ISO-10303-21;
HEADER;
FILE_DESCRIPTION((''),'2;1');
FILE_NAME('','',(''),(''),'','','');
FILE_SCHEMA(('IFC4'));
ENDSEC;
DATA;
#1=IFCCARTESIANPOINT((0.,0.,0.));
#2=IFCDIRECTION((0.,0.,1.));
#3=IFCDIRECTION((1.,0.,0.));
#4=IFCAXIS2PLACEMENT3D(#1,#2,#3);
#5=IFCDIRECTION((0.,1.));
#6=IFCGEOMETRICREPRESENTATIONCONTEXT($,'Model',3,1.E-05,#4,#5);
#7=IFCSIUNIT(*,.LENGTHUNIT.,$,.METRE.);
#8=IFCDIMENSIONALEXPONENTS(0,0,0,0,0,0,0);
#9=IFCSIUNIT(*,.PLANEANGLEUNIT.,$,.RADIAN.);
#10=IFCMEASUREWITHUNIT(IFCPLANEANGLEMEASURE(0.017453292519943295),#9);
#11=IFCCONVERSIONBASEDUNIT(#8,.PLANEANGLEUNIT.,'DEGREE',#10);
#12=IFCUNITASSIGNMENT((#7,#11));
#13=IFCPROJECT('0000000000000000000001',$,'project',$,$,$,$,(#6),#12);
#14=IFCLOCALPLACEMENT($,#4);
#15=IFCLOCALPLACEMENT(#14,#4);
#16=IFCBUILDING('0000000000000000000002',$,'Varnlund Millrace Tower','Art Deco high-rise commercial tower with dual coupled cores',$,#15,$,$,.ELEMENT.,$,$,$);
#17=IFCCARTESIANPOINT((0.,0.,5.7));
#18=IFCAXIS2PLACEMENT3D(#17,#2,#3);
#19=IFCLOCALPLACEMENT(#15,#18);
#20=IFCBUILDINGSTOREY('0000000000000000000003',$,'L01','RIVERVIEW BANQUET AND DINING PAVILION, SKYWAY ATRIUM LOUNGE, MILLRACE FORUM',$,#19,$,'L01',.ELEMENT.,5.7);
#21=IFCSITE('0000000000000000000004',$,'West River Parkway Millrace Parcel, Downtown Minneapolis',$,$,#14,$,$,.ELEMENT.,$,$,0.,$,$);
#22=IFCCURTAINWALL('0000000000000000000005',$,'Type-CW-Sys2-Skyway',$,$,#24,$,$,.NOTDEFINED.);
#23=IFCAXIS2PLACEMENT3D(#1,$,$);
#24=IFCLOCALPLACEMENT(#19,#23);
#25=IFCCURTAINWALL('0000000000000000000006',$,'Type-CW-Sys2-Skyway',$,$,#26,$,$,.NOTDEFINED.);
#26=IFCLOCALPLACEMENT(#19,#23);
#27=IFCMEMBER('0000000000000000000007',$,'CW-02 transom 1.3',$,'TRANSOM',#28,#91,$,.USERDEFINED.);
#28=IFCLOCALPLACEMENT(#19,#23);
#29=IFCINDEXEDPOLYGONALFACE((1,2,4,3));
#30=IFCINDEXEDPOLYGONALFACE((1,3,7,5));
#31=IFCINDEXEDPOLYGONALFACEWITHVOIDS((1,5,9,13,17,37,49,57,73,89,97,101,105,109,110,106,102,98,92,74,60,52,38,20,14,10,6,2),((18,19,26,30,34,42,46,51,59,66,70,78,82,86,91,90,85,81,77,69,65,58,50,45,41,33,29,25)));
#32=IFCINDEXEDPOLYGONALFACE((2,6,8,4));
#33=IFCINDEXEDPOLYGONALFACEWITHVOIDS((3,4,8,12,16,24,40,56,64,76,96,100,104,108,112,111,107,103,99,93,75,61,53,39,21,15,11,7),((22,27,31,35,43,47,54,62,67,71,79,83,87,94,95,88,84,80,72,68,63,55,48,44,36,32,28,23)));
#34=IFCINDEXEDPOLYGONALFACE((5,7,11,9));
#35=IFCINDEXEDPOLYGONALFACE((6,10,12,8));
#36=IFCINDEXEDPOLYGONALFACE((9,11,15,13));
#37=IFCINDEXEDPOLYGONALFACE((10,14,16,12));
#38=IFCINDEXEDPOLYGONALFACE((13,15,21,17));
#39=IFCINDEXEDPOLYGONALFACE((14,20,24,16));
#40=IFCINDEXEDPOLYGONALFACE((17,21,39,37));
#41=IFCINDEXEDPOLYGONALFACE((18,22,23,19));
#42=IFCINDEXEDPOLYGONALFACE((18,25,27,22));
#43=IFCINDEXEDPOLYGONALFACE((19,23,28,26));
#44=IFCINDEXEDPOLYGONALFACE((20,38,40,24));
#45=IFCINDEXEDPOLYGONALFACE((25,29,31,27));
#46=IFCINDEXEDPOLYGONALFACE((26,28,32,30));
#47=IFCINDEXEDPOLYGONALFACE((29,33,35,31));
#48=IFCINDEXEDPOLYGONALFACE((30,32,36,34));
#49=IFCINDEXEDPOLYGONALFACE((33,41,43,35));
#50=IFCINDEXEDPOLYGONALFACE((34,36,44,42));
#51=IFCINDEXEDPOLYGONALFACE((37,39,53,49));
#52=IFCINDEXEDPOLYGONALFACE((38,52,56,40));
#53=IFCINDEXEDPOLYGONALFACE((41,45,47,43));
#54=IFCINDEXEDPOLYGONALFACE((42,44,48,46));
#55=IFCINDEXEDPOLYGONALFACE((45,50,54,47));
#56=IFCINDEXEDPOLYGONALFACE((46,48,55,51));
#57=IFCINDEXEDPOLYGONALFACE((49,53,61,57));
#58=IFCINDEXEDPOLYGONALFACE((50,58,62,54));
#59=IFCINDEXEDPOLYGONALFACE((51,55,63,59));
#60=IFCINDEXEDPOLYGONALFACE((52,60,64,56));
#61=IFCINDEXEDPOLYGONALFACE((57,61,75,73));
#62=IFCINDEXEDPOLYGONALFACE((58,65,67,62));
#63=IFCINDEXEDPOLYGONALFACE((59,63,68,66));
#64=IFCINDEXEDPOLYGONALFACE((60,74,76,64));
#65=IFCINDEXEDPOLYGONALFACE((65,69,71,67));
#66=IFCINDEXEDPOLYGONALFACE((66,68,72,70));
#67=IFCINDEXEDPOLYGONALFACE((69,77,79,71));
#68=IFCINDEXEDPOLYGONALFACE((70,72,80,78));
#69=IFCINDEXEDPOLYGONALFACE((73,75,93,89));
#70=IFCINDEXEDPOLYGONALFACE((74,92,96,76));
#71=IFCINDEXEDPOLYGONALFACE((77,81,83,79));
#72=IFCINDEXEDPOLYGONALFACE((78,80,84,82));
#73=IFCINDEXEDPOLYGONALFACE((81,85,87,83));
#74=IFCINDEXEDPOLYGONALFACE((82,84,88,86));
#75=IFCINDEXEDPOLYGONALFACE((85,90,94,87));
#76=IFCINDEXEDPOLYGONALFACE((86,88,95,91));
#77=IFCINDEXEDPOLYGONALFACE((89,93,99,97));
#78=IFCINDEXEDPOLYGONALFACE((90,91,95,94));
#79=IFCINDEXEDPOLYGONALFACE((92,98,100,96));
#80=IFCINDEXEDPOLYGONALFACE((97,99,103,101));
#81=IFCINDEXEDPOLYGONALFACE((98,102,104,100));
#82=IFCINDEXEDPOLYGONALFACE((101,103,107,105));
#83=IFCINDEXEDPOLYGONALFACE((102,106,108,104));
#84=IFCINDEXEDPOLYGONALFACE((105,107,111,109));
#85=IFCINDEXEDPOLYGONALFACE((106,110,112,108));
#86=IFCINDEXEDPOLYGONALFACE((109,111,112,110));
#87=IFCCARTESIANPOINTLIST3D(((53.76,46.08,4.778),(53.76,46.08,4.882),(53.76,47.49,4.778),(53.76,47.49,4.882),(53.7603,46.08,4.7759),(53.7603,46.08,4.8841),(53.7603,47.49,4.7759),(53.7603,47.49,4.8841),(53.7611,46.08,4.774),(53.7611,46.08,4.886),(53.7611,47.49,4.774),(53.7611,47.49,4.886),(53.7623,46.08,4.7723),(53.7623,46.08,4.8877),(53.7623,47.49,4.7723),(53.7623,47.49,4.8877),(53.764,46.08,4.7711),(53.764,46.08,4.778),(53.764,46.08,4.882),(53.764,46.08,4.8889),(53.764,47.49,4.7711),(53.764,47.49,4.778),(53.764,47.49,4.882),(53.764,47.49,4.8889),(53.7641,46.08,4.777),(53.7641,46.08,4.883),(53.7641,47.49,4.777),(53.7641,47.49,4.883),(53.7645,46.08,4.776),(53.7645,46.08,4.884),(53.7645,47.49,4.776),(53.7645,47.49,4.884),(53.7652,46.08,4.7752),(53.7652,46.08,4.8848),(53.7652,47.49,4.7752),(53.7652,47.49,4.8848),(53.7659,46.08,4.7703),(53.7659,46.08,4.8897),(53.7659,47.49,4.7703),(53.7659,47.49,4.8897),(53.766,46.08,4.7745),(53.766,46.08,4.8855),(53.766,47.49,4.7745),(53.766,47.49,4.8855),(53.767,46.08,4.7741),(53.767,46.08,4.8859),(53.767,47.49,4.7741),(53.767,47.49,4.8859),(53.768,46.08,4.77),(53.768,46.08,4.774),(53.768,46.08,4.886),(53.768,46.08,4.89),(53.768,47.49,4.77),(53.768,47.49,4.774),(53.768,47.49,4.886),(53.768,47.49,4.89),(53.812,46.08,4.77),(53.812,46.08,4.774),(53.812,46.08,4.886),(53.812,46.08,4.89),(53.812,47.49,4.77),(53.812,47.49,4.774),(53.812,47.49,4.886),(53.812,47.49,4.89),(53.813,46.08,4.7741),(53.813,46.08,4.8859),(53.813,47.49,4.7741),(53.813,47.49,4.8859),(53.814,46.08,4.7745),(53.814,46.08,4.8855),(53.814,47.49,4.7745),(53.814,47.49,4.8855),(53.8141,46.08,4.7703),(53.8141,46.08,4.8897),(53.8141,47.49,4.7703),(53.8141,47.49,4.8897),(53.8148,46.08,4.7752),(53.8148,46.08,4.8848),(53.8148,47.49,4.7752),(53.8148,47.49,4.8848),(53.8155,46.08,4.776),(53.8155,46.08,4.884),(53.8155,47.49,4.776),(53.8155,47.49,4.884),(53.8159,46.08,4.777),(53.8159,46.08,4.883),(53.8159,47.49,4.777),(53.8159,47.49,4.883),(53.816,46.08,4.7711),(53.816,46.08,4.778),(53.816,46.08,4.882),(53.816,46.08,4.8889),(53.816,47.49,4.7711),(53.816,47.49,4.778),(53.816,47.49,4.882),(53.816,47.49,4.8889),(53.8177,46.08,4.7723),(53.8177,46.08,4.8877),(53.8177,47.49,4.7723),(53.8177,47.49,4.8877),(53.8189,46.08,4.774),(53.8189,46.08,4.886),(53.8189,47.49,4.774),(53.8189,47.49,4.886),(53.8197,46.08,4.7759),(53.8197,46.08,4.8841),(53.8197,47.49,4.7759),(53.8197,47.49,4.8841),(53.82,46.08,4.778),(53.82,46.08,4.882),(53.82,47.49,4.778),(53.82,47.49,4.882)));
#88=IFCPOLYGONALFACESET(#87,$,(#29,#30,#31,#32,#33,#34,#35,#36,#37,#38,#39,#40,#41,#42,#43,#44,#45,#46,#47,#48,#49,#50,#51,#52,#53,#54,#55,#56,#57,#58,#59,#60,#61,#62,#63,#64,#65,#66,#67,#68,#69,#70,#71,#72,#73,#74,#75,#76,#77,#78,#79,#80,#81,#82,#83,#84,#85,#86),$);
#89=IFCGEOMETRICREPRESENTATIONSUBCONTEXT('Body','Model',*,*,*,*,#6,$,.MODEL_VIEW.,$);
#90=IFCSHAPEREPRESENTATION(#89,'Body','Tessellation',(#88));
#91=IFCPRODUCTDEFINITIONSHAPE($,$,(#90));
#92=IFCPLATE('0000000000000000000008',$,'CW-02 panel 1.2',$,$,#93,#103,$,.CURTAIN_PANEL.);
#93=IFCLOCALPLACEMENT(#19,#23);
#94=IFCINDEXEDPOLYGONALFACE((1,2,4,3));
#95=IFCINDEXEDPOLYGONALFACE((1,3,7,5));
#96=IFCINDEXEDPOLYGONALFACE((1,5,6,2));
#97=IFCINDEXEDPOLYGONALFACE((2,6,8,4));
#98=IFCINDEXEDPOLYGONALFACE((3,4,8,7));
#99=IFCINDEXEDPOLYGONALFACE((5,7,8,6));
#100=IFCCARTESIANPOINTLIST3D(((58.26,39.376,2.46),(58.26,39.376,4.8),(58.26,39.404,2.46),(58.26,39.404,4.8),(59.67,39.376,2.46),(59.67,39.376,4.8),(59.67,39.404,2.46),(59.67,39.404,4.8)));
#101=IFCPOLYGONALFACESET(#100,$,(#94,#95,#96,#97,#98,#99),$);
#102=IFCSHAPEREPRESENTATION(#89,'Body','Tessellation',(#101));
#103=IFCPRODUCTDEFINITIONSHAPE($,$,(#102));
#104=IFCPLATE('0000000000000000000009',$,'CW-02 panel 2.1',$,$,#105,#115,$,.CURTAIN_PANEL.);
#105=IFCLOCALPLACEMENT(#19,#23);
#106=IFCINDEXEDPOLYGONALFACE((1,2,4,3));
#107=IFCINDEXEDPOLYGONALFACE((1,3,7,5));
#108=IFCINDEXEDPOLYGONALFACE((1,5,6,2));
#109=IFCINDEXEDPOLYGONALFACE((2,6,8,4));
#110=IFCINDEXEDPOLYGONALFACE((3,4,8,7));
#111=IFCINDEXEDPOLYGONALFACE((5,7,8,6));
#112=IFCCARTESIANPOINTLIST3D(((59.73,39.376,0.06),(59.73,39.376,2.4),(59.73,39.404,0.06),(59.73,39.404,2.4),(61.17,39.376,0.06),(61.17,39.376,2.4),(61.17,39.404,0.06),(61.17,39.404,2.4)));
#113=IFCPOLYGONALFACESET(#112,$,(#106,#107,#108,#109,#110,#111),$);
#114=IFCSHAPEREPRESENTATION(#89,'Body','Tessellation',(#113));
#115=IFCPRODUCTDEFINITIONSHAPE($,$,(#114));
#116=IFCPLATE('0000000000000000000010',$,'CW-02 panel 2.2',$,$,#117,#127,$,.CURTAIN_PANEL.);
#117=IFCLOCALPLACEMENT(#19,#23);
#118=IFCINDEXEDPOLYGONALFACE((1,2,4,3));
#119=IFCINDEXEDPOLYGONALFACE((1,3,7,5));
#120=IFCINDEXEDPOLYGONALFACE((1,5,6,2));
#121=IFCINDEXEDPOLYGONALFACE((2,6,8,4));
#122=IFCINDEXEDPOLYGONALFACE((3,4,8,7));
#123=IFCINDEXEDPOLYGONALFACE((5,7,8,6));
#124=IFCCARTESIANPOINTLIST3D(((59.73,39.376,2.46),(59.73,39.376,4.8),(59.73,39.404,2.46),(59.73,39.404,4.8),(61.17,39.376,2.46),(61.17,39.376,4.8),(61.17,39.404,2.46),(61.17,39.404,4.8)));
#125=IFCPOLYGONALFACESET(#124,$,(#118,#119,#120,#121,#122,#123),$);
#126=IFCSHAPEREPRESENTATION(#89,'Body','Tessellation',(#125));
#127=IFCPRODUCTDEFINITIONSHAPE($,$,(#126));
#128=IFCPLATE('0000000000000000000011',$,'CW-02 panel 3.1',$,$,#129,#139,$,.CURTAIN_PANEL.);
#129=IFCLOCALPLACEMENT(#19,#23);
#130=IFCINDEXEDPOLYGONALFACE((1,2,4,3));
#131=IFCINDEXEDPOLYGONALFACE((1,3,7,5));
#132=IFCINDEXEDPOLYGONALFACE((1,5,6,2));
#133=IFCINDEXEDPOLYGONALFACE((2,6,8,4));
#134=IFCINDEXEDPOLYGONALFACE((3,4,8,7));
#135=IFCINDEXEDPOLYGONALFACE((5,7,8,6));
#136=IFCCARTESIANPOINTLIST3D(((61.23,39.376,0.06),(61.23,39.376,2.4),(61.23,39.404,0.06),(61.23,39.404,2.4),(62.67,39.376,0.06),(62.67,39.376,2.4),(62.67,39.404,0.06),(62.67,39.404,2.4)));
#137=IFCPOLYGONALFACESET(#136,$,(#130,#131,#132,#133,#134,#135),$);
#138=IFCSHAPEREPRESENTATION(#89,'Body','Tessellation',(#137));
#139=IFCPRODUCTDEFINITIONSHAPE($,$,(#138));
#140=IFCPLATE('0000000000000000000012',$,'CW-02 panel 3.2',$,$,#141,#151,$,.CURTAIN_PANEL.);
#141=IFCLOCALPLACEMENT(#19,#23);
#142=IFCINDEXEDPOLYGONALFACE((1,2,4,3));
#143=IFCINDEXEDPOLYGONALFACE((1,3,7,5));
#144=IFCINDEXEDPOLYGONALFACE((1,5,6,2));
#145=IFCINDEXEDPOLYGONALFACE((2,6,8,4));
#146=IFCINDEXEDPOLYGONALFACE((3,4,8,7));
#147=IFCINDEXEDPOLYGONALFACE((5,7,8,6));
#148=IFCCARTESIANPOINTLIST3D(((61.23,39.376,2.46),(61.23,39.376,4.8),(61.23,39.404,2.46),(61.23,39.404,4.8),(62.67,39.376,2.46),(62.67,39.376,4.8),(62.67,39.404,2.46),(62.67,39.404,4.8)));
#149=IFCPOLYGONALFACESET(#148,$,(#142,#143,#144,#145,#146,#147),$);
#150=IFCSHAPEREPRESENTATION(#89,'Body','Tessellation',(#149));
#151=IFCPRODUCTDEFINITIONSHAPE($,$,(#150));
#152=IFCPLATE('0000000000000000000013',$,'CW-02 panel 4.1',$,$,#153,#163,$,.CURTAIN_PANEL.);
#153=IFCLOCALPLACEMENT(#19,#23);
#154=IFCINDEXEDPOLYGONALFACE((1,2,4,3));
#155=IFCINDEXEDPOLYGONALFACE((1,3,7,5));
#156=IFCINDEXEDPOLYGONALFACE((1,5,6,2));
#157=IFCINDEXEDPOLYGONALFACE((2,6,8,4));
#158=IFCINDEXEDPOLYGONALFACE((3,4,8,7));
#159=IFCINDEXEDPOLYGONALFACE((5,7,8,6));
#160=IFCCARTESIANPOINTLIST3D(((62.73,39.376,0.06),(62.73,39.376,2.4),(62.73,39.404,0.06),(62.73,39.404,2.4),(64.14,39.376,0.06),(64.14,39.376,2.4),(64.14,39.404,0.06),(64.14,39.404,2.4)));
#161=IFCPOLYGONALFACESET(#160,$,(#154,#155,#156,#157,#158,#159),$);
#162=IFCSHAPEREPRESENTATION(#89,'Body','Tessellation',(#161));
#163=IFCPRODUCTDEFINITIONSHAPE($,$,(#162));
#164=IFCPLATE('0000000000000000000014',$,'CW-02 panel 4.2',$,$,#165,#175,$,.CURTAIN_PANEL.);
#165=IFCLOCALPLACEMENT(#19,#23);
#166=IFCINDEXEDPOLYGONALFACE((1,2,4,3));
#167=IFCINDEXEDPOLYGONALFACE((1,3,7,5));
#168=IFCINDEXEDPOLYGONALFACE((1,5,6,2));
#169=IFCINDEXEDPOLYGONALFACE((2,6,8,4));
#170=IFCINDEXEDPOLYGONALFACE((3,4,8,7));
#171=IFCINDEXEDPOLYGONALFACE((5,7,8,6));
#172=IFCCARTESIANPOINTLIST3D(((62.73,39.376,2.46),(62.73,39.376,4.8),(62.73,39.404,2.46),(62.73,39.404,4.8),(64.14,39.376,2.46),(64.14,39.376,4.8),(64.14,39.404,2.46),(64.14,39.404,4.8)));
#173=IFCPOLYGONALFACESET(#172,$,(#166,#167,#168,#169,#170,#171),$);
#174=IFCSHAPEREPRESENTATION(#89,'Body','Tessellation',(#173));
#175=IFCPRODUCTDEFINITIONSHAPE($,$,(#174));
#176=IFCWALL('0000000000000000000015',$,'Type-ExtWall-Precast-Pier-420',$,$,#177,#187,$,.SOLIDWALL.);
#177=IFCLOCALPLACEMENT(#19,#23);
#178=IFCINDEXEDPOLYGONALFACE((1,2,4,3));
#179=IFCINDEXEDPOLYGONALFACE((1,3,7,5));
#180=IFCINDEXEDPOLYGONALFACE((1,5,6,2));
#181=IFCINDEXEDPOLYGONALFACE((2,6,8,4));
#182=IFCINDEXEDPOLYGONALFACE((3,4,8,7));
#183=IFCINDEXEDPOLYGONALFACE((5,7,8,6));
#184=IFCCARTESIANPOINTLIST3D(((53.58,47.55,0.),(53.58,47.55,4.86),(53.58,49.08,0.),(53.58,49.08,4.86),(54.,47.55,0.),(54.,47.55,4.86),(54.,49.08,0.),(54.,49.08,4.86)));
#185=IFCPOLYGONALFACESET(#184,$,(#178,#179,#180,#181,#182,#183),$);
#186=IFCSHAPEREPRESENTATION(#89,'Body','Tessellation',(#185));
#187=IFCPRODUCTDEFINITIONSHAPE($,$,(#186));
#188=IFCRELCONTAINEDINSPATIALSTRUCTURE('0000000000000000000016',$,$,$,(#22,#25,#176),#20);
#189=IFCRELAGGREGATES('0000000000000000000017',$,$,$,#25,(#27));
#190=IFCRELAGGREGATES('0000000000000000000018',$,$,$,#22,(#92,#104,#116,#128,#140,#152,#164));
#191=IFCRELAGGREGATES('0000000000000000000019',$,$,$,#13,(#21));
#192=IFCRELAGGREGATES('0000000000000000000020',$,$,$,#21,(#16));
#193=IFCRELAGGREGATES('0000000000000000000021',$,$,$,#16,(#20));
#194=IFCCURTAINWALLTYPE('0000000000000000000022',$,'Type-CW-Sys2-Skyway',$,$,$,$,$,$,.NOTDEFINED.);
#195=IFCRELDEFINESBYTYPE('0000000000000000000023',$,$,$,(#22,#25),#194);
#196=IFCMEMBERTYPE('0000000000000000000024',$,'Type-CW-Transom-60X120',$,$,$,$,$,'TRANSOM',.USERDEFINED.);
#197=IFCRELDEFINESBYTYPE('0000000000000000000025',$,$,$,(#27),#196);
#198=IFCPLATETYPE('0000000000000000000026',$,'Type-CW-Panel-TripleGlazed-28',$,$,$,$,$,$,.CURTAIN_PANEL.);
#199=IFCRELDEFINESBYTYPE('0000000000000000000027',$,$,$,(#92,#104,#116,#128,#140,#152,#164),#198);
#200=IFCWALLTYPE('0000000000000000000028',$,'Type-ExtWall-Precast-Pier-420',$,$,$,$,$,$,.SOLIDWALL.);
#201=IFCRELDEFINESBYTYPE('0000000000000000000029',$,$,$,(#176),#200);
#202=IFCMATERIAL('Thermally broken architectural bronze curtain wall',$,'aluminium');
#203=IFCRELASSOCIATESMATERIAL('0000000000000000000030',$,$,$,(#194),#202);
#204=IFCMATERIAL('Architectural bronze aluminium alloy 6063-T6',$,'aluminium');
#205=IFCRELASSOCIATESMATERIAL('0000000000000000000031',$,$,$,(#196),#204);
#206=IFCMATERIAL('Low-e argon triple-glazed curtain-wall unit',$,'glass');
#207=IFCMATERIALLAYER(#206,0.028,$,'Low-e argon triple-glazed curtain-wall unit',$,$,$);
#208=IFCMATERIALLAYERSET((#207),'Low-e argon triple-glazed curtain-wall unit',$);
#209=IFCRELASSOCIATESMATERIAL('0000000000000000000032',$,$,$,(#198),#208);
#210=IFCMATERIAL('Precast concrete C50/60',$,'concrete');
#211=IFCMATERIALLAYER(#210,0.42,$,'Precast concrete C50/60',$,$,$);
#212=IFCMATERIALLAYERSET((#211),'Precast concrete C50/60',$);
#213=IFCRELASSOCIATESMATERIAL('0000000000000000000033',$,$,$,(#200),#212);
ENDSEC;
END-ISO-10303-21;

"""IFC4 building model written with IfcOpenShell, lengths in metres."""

from ifc_helpers import new_model, entity, si_unit, converted_unit, direction, frame, origin_with_axes, origin_2d_with_axis, place, context, subcontext, project, spatial, polyline, rectangle, hollow_rectangle, outline, extrude, material, layer, layer_set, material_profile, profile_set, type_object, element, aggregate, save


model = new_model("IFC4")

# Units and contexts
model_context = context("Model", 3, precision=1e-05, world=origin_with_axes(), true_north=direction((0.0, 1.0)))
body_context = subcontext(model_context, "Body", "Model", "MODEL_VIEW")
ifc_project = project(units=[si_unit("LENGTHUNIT", "METRE"), converted_unit("PLANEANGLEUNIT", "DEGREE", entity("IfcPlaneAngleMeasure", 0.017453292519943295), si_unit("PLANEANGLEUNIT", "RADIAN"), dimensions=[0, 0, 0, 0, 0, 0, 0])], contexts=[model_context])

# Site, building, storey
site_placement = place(None, origin_with_axes())
site = spatial("IfcSite", under=ifc_project, at=site_placement, Name="West River Parkway Millrace Parcel, Downtown Minneapolis", CompositionType="ELEMENT", RefElevation=0.0)
building_placement = place(site_placement, origin_with_axes())
building = spatial("IfcBuilding", under=site, at=building_placement, Name="Varnlund Millrace Tower", Description="Art Deco high-rise commercial tower with dual coupled cores", CompositionType="ELEMENT")
storey_placement = place(building_placement, frame((0.0, 0.0, 5.7), z_axis=(0.0, 0.0, 1.0), x_axis=(1.0, 0.0, 0.0)))
storey = spatial("IfcBuildingStorey", under=building, at=storey_placement, Name="L01", Description="RIVERVIEW BANQUET AND DINING PAVILION, SKYWAY ATRIUM LOUNGE, MILLRACE FORUM", LongName="L01", CompositionType="ELEMENT", Elevation=5.7)

# Curtain wall
ifc_material_1 = material(Name="Thermally broken architectural bronze curtain wall", Category="aluminium")
curtain_wall_type = type_object("IfcCurtainWallType", Name="Type-CW-Sys2-Skyway", PredefinedType="NOTDEFINED", material=ifc_material_1)
curtain_wall_1_placement = place(storey_placement, frame((58.2, 39.39, 0.0), z_axis=(0.0, 0.0, 1.0), x_axis=(1.0, 0.0, 0.0)))
curtain_wall_1 = element("IfcCurtainWall", 1, at=curtain_wall_1_placement, inside=storey, type_object=curtain_wall_type, Name="Type-CW-Sys2-Skyway", PredefinedType="NOTDEFINED")
ifc_material_2 = material(Name="Architectural bronze aluminium alloy 6063-T6", Category="aluminium")

# Curtain wall
curtain_wall_2_placement = place(storey_placement, frame((53.79, 47.55, 0.0), z_axis=(0.0, 0.0, 1.0), x_axis=(1.0, 0.0, 0.0)))
curtain_wall_2 = element("IfcCurtainWall", 2, at=curtain_wall_2_placement, inside=storey, type_object=curtain_wall_type, Name="Type-CW-Sys2-Skyway", PredefinedType="NOTDEFINED")

# Member
ifc_material_profile_1 = material_profile(ifc_material_2, hollow_rectangle(XDim=0.06, YDim=0.12, WallThickness=0.004, InnerFilletRadius=0.004, OuterFilletRadius=0.008, at=origin_2d_with_axis()), Name="Architectural bronze aluminium alloy 6063-T6")
ifc_profile_set_1 = profile_set([ifc_material_profile_1], Name="Architectural bronze aluminium alloy 6063-T6")
member_type_1 = type_object("IfcMemberType", Name="Type-CW-Transom-60X120", ElementType="TRANSOM", PredefinedType="USERDEFINED", material=ifc_profile_set_1)
member_1_placement = place(storey_placement, frame((53.79, 47.49, 4.83), z_axis=(0.0, -1.0, 0.0), x_axis=(1.0, 0.0, 0.0)))
member_1 = element("IfcMember", 3, at=member_1_placement, type_object=member_type_1, Name="CW-02 transom 1.3", ObjectType="TRANSOM", PredefinedType="USERDEFINED", context=body_context, shape_type="SweptSolid", body=[
    extrude(hollow_rectangle(XDim=0.06, YDim=0.12, WallThickness=0.004, InnerFilletRadius=0.004, OuterFilletRadius=0.008, at=origin_2d_with_axis()), origin_with_axes(), (0.0, 0.0, 1.0), 1.41),
])
aggregate(curtain_wall_2, [member_1])

# Plates
ifc_material_3 = material(Name="Low-e argon triple-glazed curtain-wall unit", Category="glass")
ifc_layer_1 = layer(ifc_material_3, 0.028, Name="Low-e argon triple-glazed curtain-wall unit")
ifc_layer_set_1 = layer_set([ifc_layer_1], Name="Low-e argon triple-glazed curtain-wall unit")
plate_type = type_object("IfcPlateType", Name="Type-CW-Panel-TripleGlazed-28", PredefinedType="CURTAIN_PANEL", material=ifc_layer_set_1)
plate_1_placement = place(storey_placement, frame((58.965, 39.39, 2.46), z_axis=(0.0, 0.0, 1.0), x_axis=(1.0, 0.0, 0.0)))
plate_1 = element("IfcPlate", 4, at=plate_1_placement, type_object=plate_type, Name="CW-02 panel 1.2", PredefinedType="CURTAIN_PANEL", context=body_context, shape_type="SweptSolid", body=[
    extrude(rectangle(XDim=1.41, YDim=0.028, at=origin_2d_with_axis()), origin_with_axes(), (0.0, 0.0, 1.0), 2.34),
])
plate_2_placement = place(storey_placement, frame((60.45, 39.39, 0.06), z_axis=(0.0, 0.0, 1.0), x_axis=(1.0, 0.0, 0.0)))
plate_2 = element("IfcPlate", 5, at=plate_2_placement, type_object=plate_type, Name="CW-02 panel 2.1", PredefinedType="CURTAIN_PANEL", context=body_context, shape_type="SweptSolid", body=[
    extrude(rectangle(XDim=1.44, YDim=0.028, at=origin_2d_with_axis()), origin_with_axes(), (0.0, 0.0, 1.0), 2.34),
])
plate_3_placement = place(storey_placement, frame((60.45, 39.39, 2.46), z_axis=(0.0, 0.0, 1.0), x_axis=(1.0, 0.0, 0.0)))
plate_3 = element("IfcPlate", 6, at=plate_3_placement, type_object=plate_type, Name="CW-02 panel 2.2", PredefinedType="CURTAIN_PANEL", context=body_context, shape_type="SweptSolid", body=[
    extrude(rectangle(XDim=1.44, YDim=0.028, at=origin_2d_with_axis()), origin_with_axes(), (0.0, 0.0, 1.0), 2.34),
])
plate_4_placement = place(storey_placement, frame((61.95, 39.39, 0.06), z_axis=(0.0, 0.0, 1.0), x_axis=(1.0, 0.0, 0.0)))
plate_4 = element("IfcPlate", 7, at=plate_4_placement, type_object=plate_type, Name="CW-02 panel 3.1", PredefinedType="CURTAIN_PANEL", context=body_context, shape_type="SweptSolid", body=[
    extrude(rectangle(XDim=1.44, YDim=0.028, at=origin_2d_with_axis()), origin_with_axes(), (0.0, 0.0, 1.0), 2.34),
])
plate_5_placement = place(storey_placement, frame((61.95, 39.39, 2.46), z_axis=(0.0, 0.0, 1.0), x_axis=(1.0, 0.0, 0.0)))
plate_5 = element("IfcPlate", 8, at=plate_5_placement, type_object=plate_type, Name="CW-02 panel 3.2", PredefinedType="CURTAIN_PANEL", context=body_context, shape_type="SweptSolid", body=[
    extrude(rectangle(XDim=1.44, YDim=0.028, at=origin_2d_with_axis()), origin_with_axes(), (0.0, 0.0, 1.0), 2.34),
])
plate_6_placement = place(storey_placement, frame((63.435, 39.39, 0.06), z_axis=(0.0, 0.0, 1.0), x_axis=(1.0, 0.0, 0.0)))
plate_6 = element("IfcPlate", 9, at=plate_6_placement, type_object=plate_type, Name="CW-02 panel 4.1", PredefinedType="CURTAIN_PANEL", context=body_context, shape_type="SweptSolid", body=[
    extrude(rectangle(XDim=1.41, YDim=0.028, at=origin_2d_with_axis()), origin_with_axes(), (0.0, 0.0, 1.0), 2.34),
])
plate_7_placement = place(storey_placement, frame((63.435, 39.39, 2.46), z_axis=(0.0, 0.0, 1.0), x_axis=(1.0, 0.0, 0.0)))
plate_7 = element("IfcPlate", 10, at=plate_7_placement, type_object=plate_type, Name="CW-02 panel 4.2", PredefinedType="CURTAIN_PANEL", context=body_context, shape_type="SweptSolid", body=[
    extrude(rectangle(XDim=1.41, YDim=0.028, at=origin_2d_with_axis()), origin_with_axes(), (0.0, 0.0, 1.0), 2.34),
])
aggregate(curtain_wall_1, [plate_1, plate_2, plate_3, plate_4, plate_5, plate_6, plate_7])

# Wall
ifc_material_4 = material(Name="Precast concrete C50/60", Category="concrete")
ifc_layer_2 = layer(ifc_material_4, 0.42, Name="Precast concrete C50/60")
ifc_layer_set_2 = layer_set([ifc_layer_2], Name="Precast concrete C50/60")
wall_type = type_object("IfcWallType", Name="Type-ExtWall-Precast-Pier-420", PredefinedType="SOLIDWALL", material=ifc_layer_set_2)
wall_1_placement = place(storey_placement, frame((53.79, 49.08, 0.0), z_axis=(0.0, 0.0, 1.0), x_axis=(0.0, -1.0, 0.0)))
element("IfcWall", 11, at=wall_1_placement, inside=storey, type_object=wall_type, Name="Type-ExtWall-Precast-Pier-420", PredefinedType="SOLIDWALL", context=body_context, shape_type="SweptSolid", body=[
    extrude(outline(polyline([(0.0, -0.21), (1.53, -0.21), (1.53, 0.21), (0.0, 0.21), (0.0, -0.21)])), origin_with_axes(), (0.0, 0.0, 1.0), 4.86),
])

save(model, "model.ifc")
